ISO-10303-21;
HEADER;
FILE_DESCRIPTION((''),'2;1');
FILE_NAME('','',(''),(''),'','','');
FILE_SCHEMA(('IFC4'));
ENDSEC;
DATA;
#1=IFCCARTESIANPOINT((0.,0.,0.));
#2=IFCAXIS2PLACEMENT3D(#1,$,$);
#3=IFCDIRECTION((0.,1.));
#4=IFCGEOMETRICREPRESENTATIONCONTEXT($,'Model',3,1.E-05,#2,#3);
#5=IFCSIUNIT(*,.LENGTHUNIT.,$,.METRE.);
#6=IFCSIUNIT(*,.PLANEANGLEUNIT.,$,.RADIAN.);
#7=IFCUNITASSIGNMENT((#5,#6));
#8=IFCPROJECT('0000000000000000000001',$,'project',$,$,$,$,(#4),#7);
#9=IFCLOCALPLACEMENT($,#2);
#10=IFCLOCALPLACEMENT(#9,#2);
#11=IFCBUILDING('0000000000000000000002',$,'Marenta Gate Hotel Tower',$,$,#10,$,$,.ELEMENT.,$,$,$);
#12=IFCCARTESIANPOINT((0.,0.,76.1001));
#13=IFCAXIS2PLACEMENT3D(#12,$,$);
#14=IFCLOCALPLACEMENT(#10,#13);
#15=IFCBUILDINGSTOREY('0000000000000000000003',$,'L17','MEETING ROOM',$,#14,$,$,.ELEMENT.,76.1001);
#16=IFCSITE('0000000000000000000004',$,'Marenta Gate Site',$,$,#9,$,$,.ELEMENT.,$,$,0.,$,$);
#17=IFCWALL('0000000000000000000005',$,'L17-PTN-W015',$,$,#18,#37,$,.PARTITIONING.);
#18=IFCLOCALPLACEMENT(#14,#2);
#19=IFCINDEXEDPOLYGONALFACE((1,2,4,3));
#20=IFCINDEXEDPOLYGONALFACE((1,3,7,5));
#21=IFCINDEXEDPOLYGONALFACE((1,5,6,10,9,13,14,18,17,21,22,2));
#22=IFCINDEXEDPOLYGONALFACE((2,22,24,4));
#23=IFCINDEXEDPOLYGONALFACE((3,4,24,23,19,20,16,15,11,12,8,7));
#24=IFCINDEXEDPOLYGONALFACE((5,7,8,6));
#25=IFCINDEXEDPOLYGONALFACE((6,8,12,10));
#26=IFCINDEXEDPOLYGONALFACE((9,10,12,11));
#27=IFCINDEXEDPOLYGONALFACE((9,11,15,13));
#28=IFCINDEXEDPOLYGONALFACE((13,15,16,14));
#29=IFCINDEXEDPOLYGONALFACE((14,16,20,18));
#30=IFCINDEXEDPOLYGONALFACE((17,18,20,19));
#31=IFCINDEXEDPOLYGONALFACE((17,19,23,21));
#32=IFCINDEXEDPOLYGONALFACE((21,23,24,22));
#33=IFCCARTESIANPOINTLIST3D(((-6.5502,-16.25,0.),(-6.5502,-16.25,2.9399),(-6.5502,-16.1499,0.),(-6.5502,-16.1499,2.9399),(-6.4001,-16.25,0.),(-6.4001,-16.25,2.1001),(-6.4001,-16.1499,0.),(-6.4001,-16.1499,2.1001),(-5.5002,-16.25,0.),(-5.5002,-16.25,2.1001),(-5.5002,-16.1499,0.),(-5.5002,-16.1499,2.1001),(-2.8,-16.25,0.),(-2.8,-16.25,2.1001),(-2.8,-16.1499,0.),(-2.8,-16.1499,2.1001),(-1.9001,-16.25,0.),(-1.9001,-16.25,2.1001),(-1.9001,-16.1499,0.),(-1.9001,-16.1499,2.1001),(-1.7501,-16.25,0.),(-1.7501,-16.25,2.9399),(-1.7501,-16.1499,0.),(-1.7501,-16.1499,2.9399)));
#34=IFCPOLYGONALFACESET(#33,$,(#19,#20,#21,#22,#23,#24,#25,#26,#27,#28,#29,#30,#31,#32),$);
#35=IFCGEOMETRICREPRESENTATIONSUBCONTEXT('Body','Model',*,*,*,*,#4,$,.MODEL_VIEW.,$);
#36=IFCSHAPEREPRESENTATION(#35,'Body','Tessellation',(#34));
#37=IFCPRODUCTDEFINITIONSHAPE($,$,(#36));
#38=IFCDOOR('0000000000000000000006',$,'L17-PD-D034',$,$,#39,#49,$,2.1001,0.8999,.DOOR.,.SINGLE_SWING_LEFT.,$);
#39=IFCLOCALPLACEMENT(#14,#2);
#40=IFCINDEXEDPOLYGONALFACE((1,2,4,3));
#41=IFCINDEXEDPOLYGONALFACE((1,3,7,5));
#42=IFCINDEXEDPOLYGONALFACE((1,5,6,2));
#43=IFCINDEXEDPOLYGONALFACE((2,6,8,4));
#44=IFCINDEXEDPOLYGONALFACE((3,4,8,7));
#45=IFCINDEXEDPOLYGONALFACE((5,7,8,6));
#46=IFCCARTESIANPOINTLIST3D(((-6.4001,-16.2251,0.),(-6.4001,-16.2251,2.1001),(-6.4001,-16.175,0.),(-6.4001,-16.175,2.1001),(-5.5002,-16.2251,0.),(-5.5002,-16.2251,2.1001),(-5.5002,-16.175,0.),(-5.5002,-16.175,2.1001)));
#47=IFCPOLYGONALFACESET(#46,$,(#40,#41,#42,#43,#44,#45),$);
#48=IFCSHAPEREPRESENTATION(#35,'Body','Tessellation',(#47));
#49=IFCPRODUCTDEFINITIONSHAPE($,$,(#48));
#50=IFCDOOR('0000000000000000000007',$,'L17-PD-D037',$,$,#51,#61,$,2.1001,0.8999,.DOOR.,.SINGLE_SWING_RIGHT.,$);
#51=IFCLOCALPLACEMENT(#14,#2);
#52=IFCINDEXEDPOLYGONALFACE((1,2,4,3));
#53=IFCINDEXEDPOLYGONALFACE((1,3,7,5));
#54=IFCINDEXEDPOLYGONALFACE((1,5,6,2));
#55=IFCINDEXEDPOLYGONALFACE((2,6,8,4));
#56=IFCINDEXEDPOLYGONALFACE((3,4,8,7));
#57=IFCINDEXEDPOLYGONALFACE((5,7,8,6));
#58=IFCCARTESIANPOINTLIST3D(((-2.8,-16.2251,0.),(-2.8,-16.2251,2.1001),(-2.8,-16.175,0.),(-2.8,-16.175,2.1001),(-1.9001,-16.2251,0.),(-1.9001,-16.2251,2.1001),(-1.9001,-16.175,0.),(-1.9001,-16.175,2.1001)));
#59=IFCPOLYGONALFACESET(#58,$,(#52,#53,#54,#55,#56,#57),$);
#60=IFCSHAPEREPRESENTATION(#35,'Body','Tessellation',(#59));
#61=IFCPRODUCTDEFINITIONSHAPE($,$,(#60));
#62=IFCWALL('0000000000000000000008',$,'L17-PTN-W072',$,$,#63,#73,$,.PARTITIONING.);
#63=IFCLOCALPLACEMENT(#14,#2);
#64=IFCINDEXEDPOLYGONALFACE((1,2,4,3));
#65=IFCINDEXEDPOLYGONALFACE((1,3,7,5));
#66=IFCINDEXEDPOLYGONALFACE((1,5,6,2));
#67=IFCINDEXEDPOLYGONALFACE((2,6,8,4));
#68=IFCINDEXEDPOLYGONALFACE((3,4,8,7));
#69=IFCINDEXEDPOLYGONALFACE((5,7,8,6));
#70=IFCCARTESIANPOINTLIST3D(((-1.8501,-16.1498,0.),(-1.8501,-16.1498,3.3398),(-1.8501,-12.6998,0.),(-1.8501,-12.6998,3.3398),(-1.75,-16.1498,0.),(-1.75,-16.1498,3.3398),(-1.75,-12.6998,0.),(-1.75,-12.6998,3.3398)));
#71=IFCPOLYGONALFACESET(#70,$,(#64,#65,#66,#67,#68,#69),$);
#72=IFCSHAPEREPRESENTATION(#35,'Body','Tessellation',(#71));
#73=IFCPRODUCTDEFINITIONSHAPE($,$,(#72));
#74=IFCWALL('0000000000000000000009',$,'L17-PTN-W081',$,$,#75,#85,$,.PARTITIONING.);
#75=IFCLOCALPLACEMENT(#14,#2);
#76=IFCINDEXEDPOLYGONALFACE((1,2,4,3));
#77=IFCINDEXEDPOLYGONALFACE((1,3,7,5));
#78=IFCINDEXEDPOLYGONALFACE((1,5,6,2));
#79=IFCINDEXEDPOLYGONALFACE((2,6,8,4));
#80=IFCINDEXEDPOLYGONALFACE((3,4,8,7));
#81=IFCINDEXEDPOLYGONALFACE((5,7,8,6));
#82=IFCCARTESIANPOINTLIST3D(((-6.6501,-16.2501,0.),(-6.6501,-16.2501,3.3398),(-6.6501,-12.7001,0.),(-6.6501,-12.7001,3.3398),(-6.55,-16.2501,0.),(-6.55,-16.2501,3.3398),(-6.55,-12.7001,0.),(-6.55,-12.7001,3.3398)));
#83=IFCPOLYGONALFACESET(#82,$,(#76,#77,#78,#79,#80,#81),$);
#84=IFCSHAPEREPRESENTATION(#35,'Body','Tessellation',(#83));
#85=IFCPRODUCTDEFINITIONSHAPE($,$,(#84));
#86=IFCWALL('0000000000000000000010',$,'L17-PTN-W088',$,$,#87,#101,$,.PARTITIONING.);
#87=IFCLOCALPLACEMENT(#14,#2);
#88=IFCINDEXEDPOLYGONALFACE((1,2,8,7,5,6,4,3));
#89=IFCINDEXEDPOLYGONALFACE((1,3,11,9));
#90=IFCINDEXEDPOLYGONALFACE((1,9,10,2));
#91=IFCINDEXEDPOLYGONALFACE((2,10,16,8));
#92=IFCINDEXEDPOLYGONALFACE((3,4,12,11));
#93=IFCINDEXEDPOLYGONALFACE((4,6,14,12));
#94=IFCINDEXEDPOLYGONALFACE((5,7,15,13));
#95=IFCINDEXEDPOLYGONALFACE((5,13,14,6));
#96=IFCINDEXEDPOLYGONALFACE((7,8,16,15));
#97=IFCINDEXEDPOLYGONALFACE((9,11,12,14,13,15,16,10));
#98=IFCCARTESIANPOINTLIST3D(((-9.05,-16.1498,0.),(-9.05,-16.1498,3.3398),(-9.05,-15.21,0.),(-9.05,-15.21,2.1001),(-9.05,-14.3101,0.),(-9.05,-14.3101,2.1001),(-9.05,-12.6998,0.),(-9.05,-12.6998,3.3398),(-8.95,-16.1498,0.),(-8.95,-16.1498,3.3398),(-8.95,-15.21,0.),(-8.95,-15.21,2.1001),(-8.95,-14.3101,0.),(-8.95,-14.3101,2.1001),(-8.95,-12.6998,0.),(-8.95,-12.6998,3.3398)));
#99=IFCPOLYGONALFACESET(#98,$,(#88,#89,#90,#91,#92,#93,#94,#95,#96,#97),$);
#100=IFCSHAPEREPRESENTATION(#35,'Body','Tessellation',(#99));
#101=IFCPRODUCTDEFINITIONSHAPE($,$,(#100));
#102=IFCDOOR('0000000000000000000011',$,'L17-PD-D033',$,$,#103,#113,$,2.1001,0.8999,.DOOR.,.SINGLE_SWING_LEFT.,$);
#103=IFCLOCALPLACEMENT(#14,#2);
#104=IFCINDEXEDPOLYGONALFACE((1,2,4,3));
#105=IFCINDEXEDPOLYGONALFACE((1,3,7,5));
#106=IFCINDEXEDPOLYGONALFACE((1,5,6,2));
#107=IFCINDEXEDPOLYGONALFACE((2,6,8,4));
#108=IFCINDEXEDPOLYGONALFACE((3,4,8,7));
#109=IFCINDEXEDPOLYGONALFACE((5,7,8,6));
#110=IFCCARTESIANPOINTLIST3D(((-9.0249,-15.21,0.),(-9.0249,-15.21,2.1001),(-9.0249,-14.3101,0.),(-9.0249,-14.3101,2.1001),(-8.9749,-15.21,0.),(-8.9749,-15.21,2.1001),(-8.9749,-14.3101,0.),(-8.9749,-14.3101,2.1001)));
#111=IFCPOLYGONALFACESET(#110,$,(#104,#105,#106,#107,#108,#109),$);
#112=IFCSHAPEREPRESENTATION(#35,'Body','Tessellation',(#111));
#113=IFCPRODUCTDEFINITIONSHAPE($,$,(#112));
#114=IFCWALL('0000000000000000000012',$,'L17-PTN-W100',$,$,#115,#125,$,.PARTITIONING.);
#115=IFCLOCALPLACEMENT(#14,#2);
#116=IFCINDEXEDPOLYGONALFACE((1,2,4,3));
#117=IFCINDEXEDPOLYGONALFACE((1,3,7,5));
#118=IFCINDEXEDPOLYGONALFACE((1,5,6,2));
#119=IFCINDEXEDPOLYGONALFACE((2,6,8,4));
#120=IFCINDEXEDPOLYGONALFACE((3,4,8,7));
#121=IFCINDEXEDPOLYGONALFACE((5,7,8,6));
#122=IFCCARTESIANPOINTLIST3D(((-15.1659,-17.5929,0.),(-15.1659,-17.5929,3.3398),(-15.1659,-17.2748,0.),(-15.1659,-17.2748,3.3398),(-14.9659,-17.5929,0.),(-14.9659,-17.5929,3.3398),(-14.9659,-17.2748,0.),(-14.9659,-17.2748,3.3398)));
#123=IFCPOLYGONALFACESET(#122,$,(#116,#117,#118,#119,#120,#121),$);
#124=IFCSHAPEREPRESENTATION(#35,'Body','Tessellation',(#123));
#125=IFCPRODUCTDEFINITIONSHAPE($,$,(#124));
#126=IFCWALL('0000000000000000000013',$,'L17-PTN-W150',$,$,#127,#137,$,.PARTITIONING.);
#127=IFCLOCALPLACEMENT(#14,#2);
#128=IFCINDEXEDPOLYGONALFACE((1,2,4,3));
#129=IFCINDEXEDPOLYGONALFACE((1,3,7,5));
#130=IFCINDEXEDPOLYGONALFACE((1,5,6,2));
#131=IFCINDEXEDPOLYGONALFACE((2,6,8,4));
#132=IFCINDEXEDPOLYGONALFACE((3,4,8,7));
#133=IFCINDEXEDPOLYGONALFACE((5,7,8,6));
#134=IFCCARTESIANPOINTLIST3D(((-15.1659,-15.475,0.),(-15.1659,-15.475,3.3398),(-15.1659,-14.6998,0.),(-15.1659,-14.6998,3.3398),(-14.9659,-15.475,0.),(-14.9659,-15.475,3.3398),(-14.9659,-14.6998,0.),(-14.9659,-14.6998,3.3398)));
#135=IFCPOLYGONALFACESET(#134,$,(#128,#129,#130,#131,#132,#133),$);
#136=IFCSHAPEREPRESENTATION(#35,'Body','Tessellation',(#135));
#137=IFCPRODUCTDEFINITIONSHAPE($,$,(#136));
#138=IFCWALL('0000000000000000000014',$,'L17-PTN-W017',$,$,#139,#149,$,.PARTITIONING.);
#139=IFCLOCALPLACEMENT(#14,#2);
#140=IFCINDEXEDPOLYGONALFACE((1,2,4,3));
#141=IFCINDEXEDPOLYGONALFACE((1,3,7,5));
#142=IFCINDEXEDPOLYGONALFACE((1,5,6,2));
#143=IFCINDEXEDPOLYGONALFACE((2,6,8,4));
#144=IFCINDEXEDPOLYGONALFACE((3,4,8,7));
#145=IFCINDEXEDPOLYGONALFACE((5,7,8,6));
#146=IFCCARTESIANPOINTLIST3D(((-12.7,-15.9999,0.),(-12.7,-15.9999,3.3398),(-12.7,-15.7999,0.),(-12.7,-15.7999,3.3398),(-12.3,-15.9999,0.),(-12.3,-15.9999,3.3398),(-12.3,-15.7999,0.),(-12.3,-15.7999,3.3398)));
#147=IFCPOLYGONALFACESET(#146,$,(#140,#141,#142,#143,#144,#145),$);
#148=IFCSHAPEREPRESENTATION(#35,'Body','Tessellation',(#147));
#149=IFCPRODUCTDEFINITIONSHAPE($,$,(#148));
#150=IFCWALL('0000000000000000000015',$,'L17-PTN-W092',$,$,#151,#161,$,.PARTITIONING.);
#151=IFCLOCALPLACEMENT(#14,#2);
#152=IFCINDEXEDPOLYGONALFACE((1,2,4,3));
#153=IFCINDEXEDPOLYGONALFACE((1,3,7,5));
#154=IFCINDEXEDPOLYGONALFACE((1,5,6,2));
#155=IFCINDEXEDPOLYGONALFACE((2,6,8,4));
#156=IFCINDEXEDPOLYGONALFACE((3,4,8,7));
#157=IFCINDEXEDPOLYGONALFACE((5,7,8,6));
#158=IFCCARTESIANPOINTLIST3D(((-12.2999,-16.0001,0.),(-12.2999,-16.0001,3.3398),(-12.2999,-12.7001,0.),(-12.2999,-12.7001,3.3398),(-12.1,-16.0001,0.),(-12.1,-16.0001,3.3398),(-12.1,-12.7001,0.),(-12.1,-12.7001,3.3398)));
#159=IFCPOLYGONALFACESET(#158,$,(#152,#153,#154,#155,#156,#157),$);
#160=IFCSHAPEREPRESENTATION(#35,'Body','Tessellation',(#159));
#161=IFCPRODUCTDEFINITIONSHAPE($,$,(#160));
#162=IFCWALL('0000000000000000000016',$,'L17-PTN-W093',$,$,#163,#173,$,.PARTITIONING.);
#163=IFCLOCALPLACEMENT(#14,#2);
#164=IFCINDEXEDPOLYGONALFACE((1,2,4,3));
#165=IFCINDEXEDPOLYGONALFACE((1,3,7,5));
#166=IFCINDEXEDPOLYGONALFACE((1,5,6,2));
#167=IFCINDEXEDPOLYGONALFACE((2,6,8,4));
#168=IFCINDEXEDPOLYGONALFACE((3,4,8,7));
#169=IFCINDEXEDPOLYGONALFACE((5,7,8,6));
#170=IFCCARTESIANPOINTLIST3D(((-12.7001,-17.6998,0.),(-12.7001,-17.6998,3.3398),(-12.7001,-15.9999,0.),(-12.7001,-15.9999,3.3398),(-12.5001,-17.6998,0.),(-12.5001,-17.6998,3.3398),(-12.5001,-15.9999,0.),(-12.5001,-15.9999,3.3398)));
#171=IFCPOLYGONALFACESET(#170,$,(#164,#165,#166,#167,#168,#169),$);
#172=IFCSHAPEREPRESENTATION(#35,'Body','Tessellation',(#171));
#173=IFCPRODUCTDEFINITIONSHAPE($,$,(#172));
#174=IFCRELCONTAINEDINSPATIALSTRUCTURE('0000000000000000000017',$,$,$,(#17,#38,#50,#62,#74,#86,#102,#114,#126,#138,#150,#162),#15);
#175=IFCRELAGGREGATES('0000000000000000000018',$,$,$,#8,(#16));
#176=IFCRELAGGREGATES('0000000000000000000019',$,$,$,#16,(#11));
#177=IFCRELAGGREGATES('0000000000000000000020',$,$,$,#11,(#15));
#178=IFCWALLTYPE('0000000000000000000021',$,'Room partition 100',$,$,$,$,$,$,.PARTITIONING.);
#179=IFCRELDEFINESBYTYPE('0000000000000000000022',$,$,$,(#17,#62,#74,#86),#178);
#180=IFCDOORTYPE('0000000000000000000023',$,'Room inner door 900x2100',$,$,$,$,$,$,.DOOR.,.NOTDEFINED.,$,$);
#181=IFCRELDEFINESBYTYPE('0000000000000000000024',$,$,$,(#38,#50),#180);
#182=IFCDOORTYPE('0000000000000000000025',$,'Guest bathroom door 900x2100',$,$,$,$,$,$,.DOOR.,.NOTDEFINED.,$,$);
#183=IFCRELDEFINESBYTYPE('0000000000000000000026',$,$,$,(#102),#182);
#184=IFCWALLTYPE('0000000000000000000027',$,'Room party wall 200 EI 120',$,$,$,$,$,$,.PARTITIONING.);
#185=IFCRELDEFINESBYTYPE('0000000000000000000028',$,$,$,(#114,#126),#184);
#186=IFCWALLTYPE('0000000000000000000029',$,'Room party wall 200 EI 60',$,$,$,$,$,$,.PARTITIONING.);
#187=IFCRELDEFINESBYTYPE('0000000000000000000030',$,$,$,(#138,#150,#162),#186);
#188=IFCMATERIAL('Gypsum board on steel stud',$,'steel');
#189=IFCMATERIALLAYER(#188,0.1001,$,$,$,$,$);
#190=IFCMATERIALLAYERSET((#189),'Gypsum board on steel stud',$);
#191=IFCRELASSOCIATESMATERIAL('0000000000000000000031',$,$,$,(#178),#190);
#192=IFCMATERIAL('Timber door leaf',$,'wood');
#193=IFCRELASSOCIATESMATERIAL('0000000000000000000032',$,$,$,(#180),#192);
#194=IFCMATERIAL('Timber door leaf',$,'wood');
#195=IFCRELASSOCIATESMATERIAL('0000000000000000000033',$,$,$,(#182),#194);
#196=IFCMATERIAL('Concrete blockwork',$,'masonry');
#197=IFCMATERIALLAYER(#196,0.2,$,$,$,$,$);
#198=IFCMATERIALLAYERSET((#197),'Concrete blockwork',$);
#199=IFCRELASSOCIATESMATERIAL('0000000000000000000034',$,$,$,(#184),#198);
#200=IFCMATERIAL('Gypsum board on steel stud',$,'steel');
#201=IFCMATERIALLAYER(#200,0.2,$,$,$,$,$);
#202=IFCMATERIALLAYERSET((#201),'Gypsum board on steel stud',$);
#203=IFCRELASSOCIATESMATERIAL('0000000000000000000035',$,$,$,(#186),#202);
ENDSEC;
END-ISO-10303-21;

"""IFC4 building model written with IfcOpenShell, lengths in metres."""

from ifc_helpers import new_model, si_unit, direction, frame, frame_2d, origin, place, context, subcontext, project, spatial, rectangle, extrude, material, layer, layer_set, type_object, element, fill, save


model = new_model("IFC4")

# Units and contexts
model_context = context("Model", 3, precision=1e-05, world=origin(), true_north=direction((0.0, 1.0)))
body_context = subcontext(model_context, "Body", "Model", "MODEL_VIEW")
ifc_project = project(units=[si_unit("LENGTHUNIT", "METRE"), si_unit("PLANEANGLEUNIT", "RADIAN")], contexts=[model_context])

# Site, building, storey
site_placement = place(None, origin())
site = spatial("IfcSite", under=ifc_project, at=site_placement, Name="Marenta Gate Site", CompositionType="ELEMENT", RefElevation=0.0)
building_placement = place(site_placement, origin())
building = spatial("IfcBuilding", under=site, at=building_placement, Name="Marenta Gate Hotel Tower", CompositionType="ELEMENT")
storey_placement = place(building_placement, frame((0.0, 0.0, 76.1001)))
storey = spatial("IfcBuildingStorey", under=building, at=storey_placement, Name="L17", Description="MEETING ROOM", CompositionType="ELEMENT", Elevation=76.1001)

# Shared definitions
ifc_material_1 = material(Name="Gypsum board on steel stud", Category="steel")
ifc_layer_1 = layer(ifc_material_1, 0.1001)
ifc_layer_set_1 = layer_set([ifc_layer_1], Name="Gypsum board on steel stud")
wall_type_1 = type_object("IfcWallType", Name="Room partition 100", PredefinedType="PARTITIONING", material=ifc_layer_set_1)

# Wall, openings, doors
wall_1_placement = place(storey_placement, frame((-6.55, -16.2, 0.0), z_axis=(0.0, 0.0, 1.0), x_axis=(1.0, 0.0, 0.0)))
wall_1 = element("IfcWall", 1, at=wall_1_placement, inside=storey, type_object=wall_type_1, Name="L17-PTN-W015", PredefinedType="PARTITIONING", context=body_context, shape_type="SweptSolid", body=[
    extrude(rectangle(XDim=4.8, YDim=0.1001, at=frame_2d((2.3999, 0.0))), origin(), (0.0, 0.0, 1.0), 2.9399),
])
opening_1_placement = place(wall_1_placement, frame((0.1499, 0.0, 0.0)))
opening_1 = element("IfcOpeningElement", 2, at=opening_1_placement, cuts=wall_1, PredefinedType="OPENING", context=body_context, shape_type="SweptSolid", body=[
    extrude(rectangle(XDim=0.8999, YDim=2.1001, at=frame_2d((0.45, 1.05))), frame((0.0, 0.05, 0.0), z_axis=(0.0, -1.0, 0.0), x_axis=(1.0, 0.0, 0.0)), (0.0, 0.0, 1.0), 0.1001),
])
opening_2_placement = place(wall_1_placement, frame((3.75, 0.0, 0.0)))
opening_2 = element("IfcOpeningElement", 3, at=opening_2_placement, cuts=wall_1, PredefinedType="OPENING", context=body_context, shape_type="SweptSolid", body=[
    extrude(rectangle(XDim=0.8999, YDim=2.1001, at=frame_2d((0.45, 1.05))), frame((0.0, 0.05, 0.0), z_axis=(0.0, -1.0, 0.0), x_axis=(1.0, 0.0, 0.0)), (0.0, 0.0, 1.0), 0.1001),
])
ifc_material_2 = material(Name="Timber door leaf", Category="wood")
door_type_1 = type_object("IfcDoorType", Name="Room inner door 900x2100", OperationType="NOTDEFINED", PredefinedType="DOOR", material=ifc_material_2)
door_1_placement = place(opening_1_placement, origin())
door_1 = element("IfcDoor", 4, at=door_1_placement, inside=storey, type_object=door_type_1, Name="L17-PD-D034", OperationType="SINGLE_SWING_LEFT", OverallHeight=2.1001, OverallWidth=0.8999, PredefinedType="DOOR", context=body_context, shape_type="SweptSolid", body=[
    extrude(rectangle(XDim=0.8999, YDim=2.1001, at=frame_2d((0.45, 1.05))), frame((0.0, 0.0249, 0.0), z_axis=(0.0, -1.0, 0.0), x_axis=(1.0, 0.0, 0.0)), (0.0, 0.0, 1.0), 0.05),
])
fill(opening_1, door_1)
door_2_placement = place(opening_2_placement, origin())
door_2 = element("IfcDoor", 5, at=door_2_placement, inside=storey, type_object=door_type_1, Name="L17-PD-D037", OperationType="SINGLE_SWING_RIGHT", OverallHeight=2.1001, OverallWidth=0.8999, PredefinedType="DOOR", context=body_context, shape_type="SweptSolid", body=[
    extrude(rectangle(XDim=0.8999, YDim=2.1001, at=frame_2d((0.45, 1.05))), frame((0.0, 0.0249, 0.0), z_axis=(0.0, -1.0, 0.0), x_axis=(1.0, 0.0, 0.0)), (0.0, 0.0, 1.0), 0.05),
])
fill(opening_2, door_2)

# Walls
wall_2_placement = place(storey_placement, frame((-1.8, -16.1499, 0.0), z_axis=(0.0, 0.0, 1.0), x_axis=(0.0, 1.0, 0.0)))
element("IfcWall", 6, at=wall_2_placement, inside=storey, type_object=wall_type_1, Name="L17-PTN-W072", PredefinedType="PARTITIONING", context=body_context, shape_type="SweptSolid", body=[
    extrude(rectangle(XDim=3.45, YDim=0.1001, at=frame_2d((1.7251, 0.0))), origin(), (0.0, 0.0, 1.0), 3.3398),
])
wall_3_placement = place(storey_placement, frame((-6.6001, -16.25, 0.0), z_axis=(0.0, 0.0, 1.0), x_axis=(0.0, 1.0, 0.0)))
element("IfcWall", 7, at=wall_3_placement, inside=storey, type_object=wall_type_1, Name="L17-PTN-W081", PredefinedType="PARTITIONING", context=body_context, shape_type="SweptSolid", body=[
    extrude(rectangle(XDim=3.55, YDim=0.1001, at=frame_2d((1.7749, 0.0))), origin(), (0.0, 0.0, 1.0), 3.3398),
])

# Wall, opening, door
wall_4_placement = place(storey_placement, frame((-9.0, -16.1499, 0.0), z_axis=(0.0, 0.0, 1.0), x_axis=(0.0, 1.0, 0.0)))
wall_4 = element("IfcWall", 8, at=wall_4_placement, inside=storey, type_object=wall_type_1, Name="L17-PTN-W088", PredefinedType="PARTITIONING", context=body_context, shape_type="SweptSolid", body=[
    extrude(rectangle(XDim=3.45, YDim=0.1001, at=frame_2d((1.7251, 0.0))), origin(), (0.0, 0.0, 1.0), 3.3398),
])
opening_3_placement = place(wall_4_placement, frame((0.9399, 0.0, 0.0)))
opening_3 = element("IfcOpeningElement", 9, at=opening_3_placement, cuts=wall_4, PredefinedType="OPENING", context=body_context, shape_type="SweptSolid", body=[
    extrude(rectangle(XDim=0.8999, YDim=2.1001, at=frame_2d((0.45, 1.05))), frame((0.0, 0.05, 0.0), z_axis=(0.0, -1.0, 0.0), x_axis=(1.0, 0.0, 0.0)), (0.0, 0.0, 1.0), 0.1001),
])
ifc_material_3 = material(Name="Timber door leaf", Category="wood")
door_type_2 = type_object("IfcDoorType", Name="Guest bathroom door 900x2100", OperationType="NOTDEFINED", PredefinedType="DOOR", material=ifc_material_3)
door_3_placement = place(opening_3_placement, origin())
door_3 = element("IfcDoor", 10, at=door_3_placement, inside=storey, type_object=door_type_2, Name="L17-PD-D033", OperationType="SINGLE_SWING_LEFT", OverallHeight=2.1001, OverallWidth=0.8999, PredefinedType="DOOR", context=body_context, shape_type="SweptSolid", body=[
    extrude(rectangle(XDim=0.8999, YDim=2.1001, at=frame_2d((0.45, 1.05))), frame((0.0, 0.0249, 0.0), z_axis=(0.0, -1.0, 0.0), x_axis=(1.0, 0.0, 0.0)), (0.0, 0.0, 1.0), 0.05),
])
fill(opening_3, door_3)

# Walls
ifc_material_4 = material(Name="Concrete blockwork", Category="masonry")
ifc_layer_2 = layer(ifc_material_4, 0.2)
ifc_layer_set_2 = layer_set([ifc_layer_2], Name="Concrete blockwork")
wall_type_2 = type_object("IfcWallType", Name="Room party wall 200 EI 120", PredefinedType="PARTITIONING", material=ifc_layer_set_2)
wall_5_placement = place(storey_placement, frame((-15.0659, -17.593, 0.0), z_axis=(0.0, 0.0, 1.0), x_axis=(0.0, 1.0, 0.0)))
element("IfcWall", 11, at=wall_5_placement, inside=storey, type_object=wall_type_2, Name="L17-PTN-W100", PredefinedType="PARTITIONING", context=body_context, shape_type="SweptSolid", body=[
    extrude(rectangle(XDim=0.3181, YDim=0.2, at=frame_2d((0.1592, 0.0))), origin(), (0.0, 0.0, 1.0), 3.3398),
])
wall_6_placement = place(storey_placement, frame((-15.0659, -15.4751, 0.0), z_axis=(0.0, 0.0, 1.0), x_axis=(0.0, 1.0, 0.0)))
element("IfcWall", 12, at=wall_6_placement, inside=storey, type_object=wall_type_2, Name="L17-PTN-W150", PredefinedType="PARTITIONING", context=body_context, shape_type="SweptSolid", body=[
    extrude(rectangle(XDim=0.7751, YDim=0.2, at=frame_2d((0.3877, 0.0))), origin(), (0.0, 0.0, 1.0), 3.3398),
])
ifc_material_5 = material(Name="Gypsum board on steel stud", Category="steel")
ifc_layer_3 = layer(ifc_material_5, 0.2)
ifc_layer_set_3 = layer_set([ifc_layer_3], Name="Gypsum board on steel stud")
wall_type_3 = type_object("IfcWallType", Name="Room party wall 200 EI 60", PredefinedType="PARTITIONING", material=ifc_layer_set_3)
wall_7_placement = place(storey_placement, frame((-12.7, -15.8999, 0.0), z_axis=(0.0, 0.0, 1.0), x_axis=(1.0, 0.0, 0.0)))
element("IfcWall", 13, at=wall_7_placement, inside=storey, type_object=wall_type_3, Name="L17-PTN-W017", PredefinedType="PARTITIONING", context=body_context, shape_type="SweptSolid", body=[
    extrude(rectangle(XDim=0.3999, YDim=0.2, at=frame_2d((0.2, 0.0))), origin(), (0.0, 0.0, 1.0), 3.3398),
])
wall_8_placement = place(storey_placement, frame((-12.2, -16.0, 0.0), z_axis=(0.0, 0.0, 1.0), x_axis=(0.0, 1.0, 0.0)))
element("IfcWall", 14, at=wall_8_placement, inside=storey, type_object=wall_type_3, Name="L17-PTN-W092", PredefinedType="PARTITIONING", context=body_context, shape_type="SweptSolid", body=[
    extrude(rectangle(XDim=3.3, YDim=0.2, at=frame_2d((1.6499, 0.0))), origin(), (0.0, 0.0, 1.0), 3.3398),
])
wall_9_placement = place(storey_placement, frame((-12.6001, -17.7, 0.0), z_axis=(0.0, 0.0, 1.0), x_axis=(0.0, 1.0, 0.0)))
element("IfcWall", 15, at=wall_9_placement, inside=storey, type_object=wall_type_3, Name="L17-PTN-W093", PredefinedType="PARTITIONING", context=body_context, shape_type="SweptSolid", body=[
    extrude(rectangle(XDim=1.7, YDim=0.2, at=frame_2d((0.8501, 0.0))), origin(), (0.0, 0.0, 1.0), 3.3398),
])

save(model, "model.ifc")
